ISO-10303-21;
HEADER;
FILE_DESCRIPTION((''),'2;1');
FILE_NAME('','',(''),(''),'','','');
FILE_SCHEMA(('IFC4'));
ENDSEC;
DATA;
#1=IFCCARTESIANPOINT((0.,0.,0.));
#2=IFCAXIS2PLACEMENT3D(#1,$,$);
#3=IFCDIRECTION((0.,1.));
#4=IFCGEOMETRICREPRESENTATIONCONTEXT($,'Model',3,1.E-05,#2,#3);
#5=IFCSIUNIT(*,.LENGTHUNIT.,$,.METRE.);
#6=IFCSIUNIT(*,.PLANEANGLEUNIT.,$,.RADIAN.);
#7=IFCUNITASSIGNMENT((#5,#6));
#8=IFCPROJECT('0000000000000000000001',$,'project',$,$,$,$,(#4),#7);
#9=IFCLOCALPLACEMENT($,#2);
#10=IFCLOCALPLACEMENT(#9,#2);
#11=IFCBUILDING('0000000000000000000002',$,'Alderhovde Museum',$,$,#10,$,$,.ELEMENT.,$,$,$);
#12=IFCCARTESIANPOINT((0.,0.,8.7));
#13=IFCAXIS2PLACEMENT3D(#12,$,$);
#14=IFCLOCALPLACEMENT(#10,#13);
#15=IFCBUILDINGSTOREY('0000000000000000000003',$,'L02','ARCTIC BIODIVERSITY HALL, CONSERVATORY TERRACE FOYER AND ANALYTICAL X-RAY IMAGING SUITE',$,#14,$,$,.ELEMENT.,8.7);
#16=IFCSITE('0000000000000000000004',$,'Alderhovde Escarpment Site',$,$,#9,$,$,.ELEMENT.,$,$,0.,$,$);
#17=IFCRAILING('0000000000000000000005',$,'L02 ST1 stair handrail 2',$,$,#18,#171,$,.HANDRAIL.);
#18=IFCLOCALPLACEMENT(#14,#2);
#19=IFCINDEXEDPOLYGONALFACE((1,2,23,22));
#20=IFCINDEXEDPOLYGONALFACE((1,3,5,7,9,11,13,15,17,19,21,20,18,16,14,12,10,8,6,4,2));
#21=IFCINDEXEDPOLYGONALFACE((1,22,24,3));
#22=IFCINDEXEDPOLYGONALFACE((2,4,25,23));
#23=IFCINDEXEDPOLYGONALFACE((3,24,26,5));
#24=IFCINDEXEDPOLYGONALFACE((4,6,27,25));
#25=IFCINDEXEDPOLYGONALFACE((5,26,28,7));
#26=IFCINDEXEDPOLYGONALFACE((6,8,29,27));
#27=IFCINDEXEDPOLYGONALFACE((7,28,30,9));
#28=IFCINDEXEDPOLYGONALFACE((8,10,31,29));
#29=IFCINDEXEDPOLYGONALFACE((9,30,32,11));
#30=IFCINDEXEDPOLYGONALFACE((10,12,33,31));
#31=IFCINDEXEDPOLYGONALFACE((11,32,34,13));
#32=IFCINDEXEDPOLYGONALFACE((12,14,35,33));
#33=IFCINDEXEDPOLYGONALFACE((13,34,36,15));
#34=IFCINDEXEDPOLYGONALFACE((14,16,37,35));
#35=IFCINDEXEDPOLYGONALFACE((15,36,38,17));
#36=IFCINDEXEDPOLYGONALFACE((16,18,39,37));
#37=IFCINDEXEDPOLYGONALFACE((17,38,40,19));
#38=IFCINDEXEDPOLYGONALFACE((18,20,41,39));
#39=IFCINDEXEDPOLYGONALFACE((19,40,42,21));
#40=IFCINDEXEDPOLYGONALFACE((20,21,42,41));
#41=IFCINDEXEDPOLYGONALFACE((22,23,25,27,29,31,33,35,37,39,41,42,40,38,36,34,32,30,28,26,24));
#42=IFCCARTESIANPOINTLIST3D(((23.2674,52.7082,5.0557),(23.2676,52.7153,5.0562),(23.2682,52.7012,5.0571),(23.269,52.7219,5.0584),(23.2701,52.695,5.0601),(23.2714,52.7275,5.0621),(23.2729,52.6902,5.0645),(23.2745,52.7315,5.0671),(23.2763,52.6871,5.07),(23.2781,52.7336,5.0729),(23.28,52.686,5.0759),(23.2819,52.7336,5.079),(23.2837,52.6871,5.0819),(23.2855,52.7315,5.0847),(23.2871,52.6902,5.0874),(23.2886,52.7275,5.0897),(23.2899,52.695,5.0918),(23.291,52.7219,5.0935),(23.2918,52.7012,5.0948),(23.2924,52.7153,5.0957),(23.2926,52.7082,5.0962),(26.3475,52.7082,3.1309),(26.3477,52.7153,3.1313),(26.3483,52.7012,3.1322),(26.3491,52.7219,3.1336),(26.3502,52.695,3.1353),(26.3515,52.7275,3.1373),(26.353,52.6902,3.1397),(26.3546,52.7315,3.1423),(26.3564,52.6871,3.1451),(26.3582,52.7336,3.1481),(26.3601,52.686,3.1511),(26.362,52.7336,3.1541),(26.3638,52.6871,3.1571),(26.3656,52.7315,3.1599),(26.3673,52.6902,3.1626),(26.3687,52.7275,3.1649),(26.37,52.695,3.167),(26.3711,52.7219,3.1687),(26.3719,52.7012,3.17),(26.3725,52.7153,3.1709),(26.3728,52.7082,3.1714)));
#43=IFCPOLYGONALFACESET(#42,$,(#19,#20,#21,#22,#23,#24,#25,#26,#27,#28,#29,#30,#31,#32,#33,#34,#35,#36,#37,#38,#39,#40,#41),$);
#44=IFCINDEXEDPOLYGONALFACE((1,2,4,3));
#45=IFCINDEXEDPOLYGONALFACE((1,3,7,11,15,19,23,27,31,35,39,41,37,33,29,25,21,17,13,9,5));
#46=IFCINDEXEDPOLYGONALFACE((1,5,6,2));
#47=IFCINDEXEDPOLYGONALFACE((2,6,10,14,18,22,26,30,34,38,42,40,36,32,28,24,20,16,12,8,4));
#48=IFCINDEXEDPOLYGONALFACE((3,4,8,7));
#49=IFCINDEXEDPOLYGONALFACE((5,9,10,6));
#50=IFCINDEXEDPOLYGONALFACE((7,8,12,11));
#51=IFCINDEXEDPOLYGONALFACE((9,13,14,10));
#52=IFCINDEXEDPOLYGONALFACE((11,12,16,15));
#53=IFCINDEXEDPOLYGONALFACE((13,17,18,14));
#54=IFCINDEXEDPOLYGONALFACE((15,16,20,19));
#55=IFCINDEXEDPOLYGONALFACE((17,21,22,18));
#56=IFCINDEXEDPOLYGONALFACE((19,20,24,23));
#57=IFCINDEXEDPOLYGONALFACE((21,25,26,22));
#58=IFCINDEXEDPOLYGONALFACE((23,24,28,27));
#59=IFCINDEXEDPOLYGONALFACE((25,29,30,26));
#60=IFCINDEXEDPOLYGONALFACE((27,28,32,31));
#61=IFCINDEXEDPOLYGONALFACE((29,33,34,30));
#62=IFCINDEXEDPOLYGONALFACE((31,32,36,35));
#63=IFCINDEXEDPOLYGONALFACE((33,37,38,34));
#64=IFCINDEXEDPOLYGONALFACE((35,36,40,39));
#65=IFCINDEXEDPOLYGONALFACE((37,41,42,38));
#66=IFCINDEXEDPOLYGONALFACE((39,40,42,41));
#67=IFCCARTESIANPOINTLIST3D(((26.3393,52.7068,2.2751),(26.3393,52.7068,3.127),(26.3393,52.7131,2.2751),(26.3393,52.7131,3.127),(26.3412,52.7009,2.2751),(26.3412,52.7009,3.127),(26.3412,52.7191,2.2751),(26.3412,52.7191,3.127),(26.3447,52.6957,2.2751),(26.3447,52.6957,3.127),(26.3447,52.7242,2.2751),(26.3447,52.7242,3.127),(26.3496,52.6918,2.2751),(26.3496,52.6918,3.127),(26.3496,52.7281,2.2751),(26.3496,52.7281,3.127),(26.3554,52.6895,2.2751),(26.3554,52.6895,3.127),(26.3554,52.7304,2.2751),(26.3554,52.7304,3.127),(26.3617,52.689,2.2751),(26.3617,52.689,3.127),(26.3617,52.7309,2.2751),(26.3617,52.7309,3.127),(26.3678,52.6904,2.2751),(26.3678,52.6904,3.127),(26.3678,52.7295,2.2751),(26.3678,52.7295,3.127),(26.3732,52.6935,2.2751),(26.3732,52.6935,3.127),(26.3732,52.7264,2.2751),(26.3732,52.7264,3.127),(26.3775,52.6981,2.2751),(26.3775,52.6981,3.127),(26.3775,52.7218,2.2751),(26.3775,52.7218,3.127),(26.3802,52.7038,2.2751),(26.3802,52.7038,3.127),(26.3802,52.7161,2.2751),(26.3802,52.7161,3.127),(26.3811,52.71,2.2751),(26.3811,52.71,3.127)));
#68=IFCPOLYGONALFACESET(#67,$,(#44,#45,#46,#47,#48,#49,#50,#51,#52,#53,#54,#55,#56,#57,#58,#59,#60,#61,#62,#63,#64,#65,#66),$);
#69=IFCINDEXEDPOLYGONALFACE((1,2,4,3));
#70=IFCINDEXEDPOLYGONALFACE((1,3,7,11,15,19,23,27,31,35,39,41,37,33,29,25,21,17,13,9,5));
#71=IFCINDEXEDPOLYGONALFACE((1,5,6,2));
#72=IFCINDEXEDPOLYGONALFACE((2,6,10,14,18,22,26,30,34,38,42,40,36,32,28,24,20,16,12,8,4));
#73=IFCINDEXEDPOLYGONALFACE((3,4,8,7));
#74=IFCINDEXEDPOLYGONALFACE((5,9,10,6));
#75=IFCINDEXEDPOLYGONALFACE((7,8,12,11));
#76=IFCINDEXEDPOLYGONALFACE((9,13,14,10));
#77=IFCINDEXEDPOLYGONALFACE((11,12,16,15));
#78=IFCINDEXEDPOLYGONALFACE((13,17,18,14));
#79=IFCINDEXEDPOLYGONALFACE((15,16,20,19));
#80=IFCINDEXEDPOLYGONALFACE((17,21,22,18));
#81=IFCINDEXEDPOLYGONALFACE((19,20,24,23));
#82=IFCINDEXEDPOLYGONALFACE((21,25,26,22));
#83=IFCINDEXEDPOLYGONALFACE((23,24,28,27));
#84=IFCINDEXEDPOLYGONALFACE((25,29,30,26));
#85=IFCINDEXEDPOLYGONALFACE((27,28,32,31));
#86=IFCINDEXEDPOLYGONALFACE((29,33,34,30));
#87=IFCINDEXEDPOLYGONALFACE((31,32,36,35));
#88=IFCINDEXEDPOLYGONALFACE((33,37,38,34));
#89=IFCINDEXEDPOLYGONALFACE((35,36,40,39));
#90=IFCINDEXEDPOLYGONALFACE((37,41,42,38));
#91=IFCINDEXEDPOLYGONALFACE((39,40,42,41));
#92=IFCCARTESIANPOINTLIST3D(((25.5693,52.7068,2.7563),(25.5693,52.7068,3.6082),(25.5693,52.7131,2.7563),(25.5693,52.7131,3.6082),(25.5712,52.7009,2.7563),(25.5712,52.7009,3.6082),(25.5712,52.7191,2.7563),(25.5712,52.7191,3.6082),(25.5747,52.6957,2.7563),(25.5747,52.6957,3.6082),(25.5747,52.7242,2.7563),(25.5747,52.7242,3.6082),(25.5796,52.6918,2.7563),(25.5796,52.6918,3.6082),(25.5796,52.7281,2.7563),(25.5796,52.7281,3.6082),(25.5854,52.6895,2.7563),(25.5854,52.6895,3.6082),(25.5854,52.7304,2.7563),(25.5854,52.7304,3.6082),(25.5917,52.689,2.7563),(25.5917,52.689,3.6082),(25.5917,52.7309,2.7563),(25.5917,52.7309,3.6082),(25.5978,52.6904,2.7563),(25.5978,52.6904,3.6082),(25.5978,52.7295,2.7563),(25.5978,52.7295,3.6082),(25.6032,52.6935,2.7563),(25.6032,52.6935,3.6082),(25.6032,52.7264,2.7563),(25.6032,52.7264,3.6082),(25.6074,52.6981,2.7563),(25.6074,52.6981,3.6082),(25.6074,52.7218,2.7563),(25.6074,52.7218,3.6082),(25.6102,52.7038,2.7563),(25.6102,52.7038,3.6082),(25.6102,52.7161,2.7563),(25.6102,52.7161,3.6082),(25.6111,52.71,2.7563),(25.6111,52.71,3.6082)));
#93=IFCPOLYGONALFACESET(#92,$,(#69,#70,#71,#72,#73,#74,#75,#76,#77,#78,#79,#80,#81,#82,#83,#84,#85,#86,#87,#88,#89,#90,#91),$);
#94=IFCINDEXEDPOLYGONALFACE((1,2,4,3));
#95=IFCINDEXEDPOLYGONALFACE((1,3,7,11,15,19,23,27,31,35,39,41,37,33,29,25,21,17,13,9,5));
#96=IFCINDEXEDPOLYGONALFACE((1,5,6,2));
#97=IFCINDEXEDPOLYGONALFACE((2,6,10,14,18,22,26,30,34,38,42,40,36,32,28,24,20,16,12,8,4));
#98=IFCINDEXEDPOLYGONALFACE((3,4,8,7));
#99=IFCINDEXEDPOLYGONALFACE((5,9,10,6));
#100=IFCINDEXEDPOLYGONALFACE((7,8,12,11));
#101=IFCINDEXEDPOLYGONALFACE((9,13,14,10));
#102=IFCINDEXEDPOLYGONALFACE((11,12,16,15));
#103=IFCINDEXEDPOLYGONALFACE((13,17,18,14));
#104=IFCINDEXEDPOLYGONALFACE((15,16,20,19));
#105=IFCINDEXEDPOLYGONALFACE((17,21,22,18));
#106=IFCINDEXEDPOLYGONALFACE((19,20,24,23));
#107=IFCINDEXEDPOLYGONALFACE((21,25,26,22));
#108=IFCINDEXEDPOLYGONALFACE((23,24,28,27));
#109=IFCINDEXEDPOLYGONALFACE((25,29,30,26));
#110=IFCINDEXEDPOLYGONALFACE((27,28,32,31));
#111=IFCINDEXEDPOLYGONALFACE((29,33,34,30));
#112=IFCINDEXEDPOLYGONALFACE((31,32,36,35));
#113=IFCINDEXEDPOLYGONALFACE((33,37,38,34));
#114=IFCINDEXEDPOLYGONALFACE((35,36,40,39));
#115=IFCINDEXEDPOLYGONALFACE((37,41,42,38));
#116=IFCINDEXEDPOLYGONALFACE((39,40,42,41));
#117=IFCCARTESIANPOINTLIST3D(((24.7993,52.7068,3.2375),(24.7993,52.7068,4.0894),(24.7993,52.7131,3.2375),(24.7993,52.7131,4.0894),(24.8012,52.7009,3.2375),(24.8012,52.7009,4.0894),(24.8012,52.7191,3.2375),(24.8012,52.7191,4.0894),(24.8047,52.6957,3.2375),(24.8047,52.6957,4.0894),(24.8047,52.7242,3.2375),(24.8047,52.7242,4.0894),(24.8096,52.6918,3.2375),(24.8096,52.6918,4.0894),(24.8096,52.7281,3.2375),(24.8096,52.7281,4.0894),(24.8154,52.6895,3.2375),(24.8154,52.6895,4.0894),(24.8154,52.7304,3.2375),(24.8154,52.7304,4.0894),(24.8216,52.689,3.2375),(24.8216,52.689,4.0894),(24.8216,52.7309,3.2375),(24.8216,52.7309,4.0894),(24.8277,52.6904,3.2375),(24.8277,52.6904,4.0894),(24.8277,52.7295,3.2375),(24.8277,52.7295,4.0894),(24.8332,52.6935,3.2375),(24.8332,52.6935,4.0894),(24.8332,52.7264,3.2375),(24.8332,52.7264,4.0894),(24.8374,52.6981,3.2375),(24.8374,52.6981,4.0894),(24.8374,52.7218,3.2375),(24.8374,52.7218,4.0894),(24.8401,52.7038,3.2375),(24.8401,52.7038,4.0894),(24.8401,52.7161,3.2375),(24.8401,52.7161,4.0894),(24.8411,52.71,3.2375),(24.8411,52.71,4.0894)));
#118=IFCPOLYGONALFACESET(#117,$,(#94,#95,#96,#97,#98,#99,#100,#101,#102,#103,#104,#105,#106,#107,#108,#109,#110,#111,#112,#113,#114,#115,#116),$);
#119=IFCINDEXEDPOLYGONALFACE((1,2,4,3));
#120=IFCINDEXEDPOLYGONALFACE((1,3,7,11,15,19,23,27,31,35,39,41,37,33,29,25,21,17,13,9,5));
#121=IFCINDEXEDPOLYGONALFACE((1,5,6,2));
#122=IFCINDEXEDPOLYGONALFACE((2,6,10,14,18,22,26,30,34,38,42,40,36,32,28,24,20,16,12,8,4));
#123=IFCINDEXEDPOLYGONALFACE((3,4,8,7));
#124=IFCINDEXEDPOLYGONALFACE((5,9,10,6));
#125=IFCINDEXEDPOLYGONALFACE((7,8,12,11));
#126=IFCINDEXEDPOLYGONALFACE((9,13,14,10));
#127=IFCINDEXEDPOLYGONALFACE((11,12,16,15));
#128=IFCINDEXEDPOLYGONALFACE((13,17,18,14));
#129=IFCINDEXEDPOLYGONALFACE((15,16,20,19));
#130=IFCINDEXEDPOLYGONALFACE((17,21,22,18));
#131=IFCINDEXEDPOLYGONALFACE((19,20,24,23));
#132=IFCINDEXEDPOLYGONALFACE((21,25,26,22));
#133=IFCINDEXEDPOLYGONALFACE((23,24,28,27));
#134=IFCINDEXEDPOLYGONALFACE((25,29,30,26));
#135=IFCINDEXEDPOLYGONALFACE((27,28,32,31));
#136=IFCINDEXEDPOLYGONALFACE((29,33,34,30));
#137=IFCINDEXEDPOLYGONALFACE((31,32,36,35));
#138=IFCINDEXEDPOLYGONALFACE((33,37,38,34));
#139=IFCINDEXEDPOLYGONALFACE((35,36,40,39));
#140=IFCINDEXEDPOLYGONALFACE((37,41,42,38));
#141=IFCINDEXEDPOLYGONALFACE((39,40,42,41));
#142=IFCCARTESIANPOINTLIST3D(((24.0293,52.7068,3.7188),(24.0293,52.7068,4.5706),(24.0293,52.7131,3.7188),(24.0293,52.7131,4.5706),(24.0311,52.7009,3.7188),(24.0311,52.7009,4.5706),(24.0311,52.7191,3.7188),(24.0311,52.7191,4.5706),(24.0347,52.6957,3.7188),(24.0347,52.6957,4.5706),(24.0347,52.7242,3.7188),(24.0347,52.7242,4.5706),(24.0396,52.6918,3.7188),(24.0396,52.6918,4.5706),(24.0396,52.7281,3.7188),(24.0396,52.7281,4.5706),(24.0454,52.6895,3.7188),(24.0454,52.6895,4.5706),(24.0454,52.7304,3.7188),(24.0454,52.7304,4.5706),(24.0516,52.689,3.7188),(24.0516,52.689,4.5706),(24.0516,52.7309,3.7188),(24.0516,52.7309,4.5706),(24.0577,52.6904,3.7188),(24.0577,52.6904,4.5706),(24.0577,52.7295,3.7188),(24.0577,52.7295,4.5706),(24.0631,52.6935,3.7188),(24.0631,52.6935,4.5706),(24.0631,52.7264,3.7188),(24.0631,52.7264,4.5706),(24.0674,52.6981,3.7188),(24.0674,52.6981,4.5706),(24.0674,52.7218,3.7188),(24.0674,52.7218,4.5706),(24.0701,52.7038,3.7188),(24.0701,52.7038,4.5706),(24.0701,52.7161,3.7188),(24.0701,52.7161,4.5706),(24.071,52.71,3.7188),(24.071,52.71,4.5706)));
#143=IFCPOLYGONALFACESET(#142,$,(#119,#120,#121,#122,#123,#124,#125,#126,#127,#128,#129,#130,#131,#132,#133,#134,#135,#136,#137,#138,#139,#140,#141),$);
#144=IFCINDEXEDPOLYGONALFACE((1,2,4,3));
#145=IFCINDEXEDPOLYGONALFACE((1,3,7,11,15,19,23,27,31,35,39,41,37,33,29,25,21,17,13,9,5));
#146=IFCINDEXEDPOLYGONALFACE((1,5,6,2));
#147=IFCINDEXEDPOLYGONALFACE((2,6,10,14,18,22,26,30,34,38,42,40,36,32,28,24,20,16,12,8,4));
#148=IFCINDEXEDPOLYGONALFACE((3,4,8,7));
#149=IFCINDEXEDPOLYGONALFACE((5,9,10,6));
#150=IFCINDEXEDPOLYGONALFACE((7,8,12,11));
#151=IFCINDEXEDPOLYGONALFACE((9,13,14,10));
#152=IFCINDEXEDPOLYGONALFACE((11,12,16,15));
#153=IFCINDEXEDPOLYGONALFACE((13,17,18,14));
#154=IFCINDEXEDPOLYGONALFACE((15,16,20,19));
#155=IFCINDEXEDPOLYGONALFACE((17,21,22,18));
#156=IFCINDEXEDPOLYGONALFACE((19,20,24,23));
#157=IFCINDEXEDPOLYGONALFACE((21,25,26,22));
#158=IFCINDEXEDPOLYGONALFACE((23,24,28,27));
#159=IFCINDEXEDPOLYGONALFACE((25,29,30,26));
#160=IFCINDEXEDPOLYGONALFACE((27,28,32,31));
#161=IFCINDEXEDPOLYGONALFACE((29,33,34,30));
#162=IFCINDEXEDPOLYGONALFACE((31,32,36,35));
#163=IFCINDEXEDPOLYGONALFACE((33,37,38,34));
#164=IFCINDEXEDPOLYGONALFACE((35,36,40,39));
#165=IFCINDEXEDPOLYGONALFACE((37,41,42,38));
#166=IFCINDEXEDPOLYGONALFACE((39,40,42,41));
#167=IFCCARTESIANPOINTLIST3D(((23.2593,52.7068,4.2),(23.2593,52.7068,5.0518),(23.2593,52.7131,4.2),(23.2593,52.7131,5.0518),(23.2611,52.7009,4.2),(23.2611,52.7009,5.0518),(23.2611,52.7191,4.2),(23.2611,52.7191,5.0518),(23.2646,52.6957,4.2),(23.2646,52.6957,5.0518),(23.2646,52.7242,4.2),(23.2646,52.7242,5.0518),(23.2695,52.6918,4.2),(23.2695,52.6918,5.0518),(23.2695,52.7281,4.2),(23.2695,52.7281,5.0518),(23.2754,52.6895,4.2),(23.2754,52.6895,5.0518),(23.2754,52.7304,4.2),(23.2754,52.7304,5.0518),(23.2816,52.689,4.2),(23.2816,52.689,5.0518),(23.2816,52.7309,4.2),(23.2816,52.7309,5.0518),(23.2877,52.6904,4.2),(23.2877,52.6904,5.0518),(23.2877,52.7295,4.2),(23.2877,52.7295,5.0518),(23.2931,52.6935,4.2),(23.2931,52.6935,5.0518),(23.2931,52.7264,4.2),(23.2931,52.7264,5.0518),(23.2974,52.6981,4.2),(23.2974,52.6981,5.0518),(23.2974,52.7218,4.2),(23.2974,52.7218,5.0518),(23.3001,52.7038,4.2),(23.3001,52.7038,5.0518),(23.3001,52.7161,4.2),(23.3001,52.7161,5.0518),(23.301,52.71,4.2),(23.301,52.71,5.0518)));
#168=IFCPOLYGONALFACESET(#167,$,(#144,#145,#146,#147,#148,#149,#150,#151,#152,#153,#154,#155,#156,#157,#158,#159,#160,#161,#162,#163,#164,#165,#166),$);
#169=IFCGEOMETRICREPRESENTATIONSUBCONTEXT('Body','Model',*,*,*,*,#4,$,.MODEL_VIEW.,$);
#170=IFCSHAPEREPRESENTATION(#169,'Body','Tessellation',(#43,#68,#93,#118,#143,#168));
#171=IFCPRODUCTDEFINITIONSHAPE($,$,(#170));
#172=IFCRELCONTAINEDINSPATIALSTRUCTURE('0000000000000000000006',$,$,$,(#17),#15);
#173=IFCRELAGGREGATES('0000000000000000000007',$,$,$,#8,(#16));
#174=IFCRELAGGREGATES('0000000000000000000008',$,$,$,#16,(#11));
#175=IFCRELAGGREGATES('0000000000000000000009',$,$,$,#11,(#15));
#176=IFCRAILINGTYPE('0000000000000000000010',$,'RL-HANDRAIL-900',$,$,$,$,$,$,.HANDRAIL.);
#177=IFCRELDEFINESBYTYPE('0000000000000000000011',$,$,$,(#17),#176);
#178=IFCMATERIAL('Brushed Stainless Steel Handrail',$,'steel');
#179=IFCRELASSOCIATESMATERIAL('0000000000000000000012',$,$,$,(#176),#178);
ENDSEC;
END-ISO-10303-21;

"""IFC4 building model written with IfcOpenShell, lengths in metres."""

from ifc_helpers import new_model, si_unit, direction, frame, origin, origin_2d, place, context, subcontext, project, spatial, circle, extrude, material, type_object, element, save


model = new_model("IFC4")

# Units and contexts
model_context = context("Model", 3, precision=1e-05, world=origin(), true_north=direction((0.0, 1.0)))
body_context = subcontext(model_context, "Body", "Model", "MODEL_VIEW")
ifc_project = project(units=[si_unit("LENGTHUNIT", "METRE"), si_unit("PLANEANGLEUNIT", "RADIAN")], contexts=[model_context])

# Site, building, storey
site_placement = place(None, origin())
site = spatial("IfcSite", under=ifc_project, at=site_placement, Name="Alderhovde Escarpment Site", CompositionType="ELEMENT", RefElevation=0.0)
building_placement = place(site_placement, origin())
building = spatial("IfcBuilding", under=site, at=building_placement, Name="Alderhovde Museum", CompositionType="ELEMENT")
storey_placement = place(building_placement, frame((0.0, 0.0, 8.7)))
storey = spatial("IfcBuildingStorey", under=building, at=storey_placement, Name="L02", Description="ARCTIC BIODIVERSITY HALL, CONSERVATORY TERRACE FOYER AND ANALYTICAL X-RAY IMAGING SUITE", CompositionType="ELEMENT", Elevation=8.7)

# Railing
ifc_material_1 = material(Name="Brushed Stainless Steel Handrail", Category="steel")
railing_type_1 = type_object("IfcRailingType", Name="RL-HANDRAIL-900", PredefinedType="HANDRAIL", material=ifc_material_1)
railing_1_placement = place(storey_placement, frame((26.3601, 52.71, 2.2751)))
element("IfcRailing", 1, at=railing_1_placement, inside=storey, type_object=railing_type_1, Name="L02 ST1 stair handrail 2", PredefinedType="HANDRAIL", context=body_context, shape_type="SweptSolid", body=[
    extrude(circle(Radius=0.0239, at=origin_2d()), frame((0.0, 0.0, 0.876), z_axis=(-0.848029, 0.0, 0.529951), x_axis=(0.0, -1.0, 0.0)), (0.0, 0.0, 1.0), 3.6321),
    extrude(circle(Radius=0.021, at=origin_2d()), origin(), (0.0, 0.0, 1.0), 0.8518),
    extrude(circle(Radius=0.021, at=origin_2d()), frame((-0.77, 0.0, 0.4812)), (0.0, 0.0, 1.0), 0.8518),
    extrude(circle(Radius=0.021, at=origin_2d()), frame((-1.54, 0.0, 0.9624)), (0.0, 0.0, 1.0), 0.8518),
    extrude(circle(Radius=0.021, at=origin_2d()), frame((-2.3101, 0.0, 1.4436)), (0.0, 0.0, 1.0), 0.8518),
    extrude(circle(Radius=0.021, at=origin_2d()), frame((-3.0801, 0.0, 1.9248)), (0.0, 0.0, 1.0), 0.8518),
])

save(model, "model.ifc")
